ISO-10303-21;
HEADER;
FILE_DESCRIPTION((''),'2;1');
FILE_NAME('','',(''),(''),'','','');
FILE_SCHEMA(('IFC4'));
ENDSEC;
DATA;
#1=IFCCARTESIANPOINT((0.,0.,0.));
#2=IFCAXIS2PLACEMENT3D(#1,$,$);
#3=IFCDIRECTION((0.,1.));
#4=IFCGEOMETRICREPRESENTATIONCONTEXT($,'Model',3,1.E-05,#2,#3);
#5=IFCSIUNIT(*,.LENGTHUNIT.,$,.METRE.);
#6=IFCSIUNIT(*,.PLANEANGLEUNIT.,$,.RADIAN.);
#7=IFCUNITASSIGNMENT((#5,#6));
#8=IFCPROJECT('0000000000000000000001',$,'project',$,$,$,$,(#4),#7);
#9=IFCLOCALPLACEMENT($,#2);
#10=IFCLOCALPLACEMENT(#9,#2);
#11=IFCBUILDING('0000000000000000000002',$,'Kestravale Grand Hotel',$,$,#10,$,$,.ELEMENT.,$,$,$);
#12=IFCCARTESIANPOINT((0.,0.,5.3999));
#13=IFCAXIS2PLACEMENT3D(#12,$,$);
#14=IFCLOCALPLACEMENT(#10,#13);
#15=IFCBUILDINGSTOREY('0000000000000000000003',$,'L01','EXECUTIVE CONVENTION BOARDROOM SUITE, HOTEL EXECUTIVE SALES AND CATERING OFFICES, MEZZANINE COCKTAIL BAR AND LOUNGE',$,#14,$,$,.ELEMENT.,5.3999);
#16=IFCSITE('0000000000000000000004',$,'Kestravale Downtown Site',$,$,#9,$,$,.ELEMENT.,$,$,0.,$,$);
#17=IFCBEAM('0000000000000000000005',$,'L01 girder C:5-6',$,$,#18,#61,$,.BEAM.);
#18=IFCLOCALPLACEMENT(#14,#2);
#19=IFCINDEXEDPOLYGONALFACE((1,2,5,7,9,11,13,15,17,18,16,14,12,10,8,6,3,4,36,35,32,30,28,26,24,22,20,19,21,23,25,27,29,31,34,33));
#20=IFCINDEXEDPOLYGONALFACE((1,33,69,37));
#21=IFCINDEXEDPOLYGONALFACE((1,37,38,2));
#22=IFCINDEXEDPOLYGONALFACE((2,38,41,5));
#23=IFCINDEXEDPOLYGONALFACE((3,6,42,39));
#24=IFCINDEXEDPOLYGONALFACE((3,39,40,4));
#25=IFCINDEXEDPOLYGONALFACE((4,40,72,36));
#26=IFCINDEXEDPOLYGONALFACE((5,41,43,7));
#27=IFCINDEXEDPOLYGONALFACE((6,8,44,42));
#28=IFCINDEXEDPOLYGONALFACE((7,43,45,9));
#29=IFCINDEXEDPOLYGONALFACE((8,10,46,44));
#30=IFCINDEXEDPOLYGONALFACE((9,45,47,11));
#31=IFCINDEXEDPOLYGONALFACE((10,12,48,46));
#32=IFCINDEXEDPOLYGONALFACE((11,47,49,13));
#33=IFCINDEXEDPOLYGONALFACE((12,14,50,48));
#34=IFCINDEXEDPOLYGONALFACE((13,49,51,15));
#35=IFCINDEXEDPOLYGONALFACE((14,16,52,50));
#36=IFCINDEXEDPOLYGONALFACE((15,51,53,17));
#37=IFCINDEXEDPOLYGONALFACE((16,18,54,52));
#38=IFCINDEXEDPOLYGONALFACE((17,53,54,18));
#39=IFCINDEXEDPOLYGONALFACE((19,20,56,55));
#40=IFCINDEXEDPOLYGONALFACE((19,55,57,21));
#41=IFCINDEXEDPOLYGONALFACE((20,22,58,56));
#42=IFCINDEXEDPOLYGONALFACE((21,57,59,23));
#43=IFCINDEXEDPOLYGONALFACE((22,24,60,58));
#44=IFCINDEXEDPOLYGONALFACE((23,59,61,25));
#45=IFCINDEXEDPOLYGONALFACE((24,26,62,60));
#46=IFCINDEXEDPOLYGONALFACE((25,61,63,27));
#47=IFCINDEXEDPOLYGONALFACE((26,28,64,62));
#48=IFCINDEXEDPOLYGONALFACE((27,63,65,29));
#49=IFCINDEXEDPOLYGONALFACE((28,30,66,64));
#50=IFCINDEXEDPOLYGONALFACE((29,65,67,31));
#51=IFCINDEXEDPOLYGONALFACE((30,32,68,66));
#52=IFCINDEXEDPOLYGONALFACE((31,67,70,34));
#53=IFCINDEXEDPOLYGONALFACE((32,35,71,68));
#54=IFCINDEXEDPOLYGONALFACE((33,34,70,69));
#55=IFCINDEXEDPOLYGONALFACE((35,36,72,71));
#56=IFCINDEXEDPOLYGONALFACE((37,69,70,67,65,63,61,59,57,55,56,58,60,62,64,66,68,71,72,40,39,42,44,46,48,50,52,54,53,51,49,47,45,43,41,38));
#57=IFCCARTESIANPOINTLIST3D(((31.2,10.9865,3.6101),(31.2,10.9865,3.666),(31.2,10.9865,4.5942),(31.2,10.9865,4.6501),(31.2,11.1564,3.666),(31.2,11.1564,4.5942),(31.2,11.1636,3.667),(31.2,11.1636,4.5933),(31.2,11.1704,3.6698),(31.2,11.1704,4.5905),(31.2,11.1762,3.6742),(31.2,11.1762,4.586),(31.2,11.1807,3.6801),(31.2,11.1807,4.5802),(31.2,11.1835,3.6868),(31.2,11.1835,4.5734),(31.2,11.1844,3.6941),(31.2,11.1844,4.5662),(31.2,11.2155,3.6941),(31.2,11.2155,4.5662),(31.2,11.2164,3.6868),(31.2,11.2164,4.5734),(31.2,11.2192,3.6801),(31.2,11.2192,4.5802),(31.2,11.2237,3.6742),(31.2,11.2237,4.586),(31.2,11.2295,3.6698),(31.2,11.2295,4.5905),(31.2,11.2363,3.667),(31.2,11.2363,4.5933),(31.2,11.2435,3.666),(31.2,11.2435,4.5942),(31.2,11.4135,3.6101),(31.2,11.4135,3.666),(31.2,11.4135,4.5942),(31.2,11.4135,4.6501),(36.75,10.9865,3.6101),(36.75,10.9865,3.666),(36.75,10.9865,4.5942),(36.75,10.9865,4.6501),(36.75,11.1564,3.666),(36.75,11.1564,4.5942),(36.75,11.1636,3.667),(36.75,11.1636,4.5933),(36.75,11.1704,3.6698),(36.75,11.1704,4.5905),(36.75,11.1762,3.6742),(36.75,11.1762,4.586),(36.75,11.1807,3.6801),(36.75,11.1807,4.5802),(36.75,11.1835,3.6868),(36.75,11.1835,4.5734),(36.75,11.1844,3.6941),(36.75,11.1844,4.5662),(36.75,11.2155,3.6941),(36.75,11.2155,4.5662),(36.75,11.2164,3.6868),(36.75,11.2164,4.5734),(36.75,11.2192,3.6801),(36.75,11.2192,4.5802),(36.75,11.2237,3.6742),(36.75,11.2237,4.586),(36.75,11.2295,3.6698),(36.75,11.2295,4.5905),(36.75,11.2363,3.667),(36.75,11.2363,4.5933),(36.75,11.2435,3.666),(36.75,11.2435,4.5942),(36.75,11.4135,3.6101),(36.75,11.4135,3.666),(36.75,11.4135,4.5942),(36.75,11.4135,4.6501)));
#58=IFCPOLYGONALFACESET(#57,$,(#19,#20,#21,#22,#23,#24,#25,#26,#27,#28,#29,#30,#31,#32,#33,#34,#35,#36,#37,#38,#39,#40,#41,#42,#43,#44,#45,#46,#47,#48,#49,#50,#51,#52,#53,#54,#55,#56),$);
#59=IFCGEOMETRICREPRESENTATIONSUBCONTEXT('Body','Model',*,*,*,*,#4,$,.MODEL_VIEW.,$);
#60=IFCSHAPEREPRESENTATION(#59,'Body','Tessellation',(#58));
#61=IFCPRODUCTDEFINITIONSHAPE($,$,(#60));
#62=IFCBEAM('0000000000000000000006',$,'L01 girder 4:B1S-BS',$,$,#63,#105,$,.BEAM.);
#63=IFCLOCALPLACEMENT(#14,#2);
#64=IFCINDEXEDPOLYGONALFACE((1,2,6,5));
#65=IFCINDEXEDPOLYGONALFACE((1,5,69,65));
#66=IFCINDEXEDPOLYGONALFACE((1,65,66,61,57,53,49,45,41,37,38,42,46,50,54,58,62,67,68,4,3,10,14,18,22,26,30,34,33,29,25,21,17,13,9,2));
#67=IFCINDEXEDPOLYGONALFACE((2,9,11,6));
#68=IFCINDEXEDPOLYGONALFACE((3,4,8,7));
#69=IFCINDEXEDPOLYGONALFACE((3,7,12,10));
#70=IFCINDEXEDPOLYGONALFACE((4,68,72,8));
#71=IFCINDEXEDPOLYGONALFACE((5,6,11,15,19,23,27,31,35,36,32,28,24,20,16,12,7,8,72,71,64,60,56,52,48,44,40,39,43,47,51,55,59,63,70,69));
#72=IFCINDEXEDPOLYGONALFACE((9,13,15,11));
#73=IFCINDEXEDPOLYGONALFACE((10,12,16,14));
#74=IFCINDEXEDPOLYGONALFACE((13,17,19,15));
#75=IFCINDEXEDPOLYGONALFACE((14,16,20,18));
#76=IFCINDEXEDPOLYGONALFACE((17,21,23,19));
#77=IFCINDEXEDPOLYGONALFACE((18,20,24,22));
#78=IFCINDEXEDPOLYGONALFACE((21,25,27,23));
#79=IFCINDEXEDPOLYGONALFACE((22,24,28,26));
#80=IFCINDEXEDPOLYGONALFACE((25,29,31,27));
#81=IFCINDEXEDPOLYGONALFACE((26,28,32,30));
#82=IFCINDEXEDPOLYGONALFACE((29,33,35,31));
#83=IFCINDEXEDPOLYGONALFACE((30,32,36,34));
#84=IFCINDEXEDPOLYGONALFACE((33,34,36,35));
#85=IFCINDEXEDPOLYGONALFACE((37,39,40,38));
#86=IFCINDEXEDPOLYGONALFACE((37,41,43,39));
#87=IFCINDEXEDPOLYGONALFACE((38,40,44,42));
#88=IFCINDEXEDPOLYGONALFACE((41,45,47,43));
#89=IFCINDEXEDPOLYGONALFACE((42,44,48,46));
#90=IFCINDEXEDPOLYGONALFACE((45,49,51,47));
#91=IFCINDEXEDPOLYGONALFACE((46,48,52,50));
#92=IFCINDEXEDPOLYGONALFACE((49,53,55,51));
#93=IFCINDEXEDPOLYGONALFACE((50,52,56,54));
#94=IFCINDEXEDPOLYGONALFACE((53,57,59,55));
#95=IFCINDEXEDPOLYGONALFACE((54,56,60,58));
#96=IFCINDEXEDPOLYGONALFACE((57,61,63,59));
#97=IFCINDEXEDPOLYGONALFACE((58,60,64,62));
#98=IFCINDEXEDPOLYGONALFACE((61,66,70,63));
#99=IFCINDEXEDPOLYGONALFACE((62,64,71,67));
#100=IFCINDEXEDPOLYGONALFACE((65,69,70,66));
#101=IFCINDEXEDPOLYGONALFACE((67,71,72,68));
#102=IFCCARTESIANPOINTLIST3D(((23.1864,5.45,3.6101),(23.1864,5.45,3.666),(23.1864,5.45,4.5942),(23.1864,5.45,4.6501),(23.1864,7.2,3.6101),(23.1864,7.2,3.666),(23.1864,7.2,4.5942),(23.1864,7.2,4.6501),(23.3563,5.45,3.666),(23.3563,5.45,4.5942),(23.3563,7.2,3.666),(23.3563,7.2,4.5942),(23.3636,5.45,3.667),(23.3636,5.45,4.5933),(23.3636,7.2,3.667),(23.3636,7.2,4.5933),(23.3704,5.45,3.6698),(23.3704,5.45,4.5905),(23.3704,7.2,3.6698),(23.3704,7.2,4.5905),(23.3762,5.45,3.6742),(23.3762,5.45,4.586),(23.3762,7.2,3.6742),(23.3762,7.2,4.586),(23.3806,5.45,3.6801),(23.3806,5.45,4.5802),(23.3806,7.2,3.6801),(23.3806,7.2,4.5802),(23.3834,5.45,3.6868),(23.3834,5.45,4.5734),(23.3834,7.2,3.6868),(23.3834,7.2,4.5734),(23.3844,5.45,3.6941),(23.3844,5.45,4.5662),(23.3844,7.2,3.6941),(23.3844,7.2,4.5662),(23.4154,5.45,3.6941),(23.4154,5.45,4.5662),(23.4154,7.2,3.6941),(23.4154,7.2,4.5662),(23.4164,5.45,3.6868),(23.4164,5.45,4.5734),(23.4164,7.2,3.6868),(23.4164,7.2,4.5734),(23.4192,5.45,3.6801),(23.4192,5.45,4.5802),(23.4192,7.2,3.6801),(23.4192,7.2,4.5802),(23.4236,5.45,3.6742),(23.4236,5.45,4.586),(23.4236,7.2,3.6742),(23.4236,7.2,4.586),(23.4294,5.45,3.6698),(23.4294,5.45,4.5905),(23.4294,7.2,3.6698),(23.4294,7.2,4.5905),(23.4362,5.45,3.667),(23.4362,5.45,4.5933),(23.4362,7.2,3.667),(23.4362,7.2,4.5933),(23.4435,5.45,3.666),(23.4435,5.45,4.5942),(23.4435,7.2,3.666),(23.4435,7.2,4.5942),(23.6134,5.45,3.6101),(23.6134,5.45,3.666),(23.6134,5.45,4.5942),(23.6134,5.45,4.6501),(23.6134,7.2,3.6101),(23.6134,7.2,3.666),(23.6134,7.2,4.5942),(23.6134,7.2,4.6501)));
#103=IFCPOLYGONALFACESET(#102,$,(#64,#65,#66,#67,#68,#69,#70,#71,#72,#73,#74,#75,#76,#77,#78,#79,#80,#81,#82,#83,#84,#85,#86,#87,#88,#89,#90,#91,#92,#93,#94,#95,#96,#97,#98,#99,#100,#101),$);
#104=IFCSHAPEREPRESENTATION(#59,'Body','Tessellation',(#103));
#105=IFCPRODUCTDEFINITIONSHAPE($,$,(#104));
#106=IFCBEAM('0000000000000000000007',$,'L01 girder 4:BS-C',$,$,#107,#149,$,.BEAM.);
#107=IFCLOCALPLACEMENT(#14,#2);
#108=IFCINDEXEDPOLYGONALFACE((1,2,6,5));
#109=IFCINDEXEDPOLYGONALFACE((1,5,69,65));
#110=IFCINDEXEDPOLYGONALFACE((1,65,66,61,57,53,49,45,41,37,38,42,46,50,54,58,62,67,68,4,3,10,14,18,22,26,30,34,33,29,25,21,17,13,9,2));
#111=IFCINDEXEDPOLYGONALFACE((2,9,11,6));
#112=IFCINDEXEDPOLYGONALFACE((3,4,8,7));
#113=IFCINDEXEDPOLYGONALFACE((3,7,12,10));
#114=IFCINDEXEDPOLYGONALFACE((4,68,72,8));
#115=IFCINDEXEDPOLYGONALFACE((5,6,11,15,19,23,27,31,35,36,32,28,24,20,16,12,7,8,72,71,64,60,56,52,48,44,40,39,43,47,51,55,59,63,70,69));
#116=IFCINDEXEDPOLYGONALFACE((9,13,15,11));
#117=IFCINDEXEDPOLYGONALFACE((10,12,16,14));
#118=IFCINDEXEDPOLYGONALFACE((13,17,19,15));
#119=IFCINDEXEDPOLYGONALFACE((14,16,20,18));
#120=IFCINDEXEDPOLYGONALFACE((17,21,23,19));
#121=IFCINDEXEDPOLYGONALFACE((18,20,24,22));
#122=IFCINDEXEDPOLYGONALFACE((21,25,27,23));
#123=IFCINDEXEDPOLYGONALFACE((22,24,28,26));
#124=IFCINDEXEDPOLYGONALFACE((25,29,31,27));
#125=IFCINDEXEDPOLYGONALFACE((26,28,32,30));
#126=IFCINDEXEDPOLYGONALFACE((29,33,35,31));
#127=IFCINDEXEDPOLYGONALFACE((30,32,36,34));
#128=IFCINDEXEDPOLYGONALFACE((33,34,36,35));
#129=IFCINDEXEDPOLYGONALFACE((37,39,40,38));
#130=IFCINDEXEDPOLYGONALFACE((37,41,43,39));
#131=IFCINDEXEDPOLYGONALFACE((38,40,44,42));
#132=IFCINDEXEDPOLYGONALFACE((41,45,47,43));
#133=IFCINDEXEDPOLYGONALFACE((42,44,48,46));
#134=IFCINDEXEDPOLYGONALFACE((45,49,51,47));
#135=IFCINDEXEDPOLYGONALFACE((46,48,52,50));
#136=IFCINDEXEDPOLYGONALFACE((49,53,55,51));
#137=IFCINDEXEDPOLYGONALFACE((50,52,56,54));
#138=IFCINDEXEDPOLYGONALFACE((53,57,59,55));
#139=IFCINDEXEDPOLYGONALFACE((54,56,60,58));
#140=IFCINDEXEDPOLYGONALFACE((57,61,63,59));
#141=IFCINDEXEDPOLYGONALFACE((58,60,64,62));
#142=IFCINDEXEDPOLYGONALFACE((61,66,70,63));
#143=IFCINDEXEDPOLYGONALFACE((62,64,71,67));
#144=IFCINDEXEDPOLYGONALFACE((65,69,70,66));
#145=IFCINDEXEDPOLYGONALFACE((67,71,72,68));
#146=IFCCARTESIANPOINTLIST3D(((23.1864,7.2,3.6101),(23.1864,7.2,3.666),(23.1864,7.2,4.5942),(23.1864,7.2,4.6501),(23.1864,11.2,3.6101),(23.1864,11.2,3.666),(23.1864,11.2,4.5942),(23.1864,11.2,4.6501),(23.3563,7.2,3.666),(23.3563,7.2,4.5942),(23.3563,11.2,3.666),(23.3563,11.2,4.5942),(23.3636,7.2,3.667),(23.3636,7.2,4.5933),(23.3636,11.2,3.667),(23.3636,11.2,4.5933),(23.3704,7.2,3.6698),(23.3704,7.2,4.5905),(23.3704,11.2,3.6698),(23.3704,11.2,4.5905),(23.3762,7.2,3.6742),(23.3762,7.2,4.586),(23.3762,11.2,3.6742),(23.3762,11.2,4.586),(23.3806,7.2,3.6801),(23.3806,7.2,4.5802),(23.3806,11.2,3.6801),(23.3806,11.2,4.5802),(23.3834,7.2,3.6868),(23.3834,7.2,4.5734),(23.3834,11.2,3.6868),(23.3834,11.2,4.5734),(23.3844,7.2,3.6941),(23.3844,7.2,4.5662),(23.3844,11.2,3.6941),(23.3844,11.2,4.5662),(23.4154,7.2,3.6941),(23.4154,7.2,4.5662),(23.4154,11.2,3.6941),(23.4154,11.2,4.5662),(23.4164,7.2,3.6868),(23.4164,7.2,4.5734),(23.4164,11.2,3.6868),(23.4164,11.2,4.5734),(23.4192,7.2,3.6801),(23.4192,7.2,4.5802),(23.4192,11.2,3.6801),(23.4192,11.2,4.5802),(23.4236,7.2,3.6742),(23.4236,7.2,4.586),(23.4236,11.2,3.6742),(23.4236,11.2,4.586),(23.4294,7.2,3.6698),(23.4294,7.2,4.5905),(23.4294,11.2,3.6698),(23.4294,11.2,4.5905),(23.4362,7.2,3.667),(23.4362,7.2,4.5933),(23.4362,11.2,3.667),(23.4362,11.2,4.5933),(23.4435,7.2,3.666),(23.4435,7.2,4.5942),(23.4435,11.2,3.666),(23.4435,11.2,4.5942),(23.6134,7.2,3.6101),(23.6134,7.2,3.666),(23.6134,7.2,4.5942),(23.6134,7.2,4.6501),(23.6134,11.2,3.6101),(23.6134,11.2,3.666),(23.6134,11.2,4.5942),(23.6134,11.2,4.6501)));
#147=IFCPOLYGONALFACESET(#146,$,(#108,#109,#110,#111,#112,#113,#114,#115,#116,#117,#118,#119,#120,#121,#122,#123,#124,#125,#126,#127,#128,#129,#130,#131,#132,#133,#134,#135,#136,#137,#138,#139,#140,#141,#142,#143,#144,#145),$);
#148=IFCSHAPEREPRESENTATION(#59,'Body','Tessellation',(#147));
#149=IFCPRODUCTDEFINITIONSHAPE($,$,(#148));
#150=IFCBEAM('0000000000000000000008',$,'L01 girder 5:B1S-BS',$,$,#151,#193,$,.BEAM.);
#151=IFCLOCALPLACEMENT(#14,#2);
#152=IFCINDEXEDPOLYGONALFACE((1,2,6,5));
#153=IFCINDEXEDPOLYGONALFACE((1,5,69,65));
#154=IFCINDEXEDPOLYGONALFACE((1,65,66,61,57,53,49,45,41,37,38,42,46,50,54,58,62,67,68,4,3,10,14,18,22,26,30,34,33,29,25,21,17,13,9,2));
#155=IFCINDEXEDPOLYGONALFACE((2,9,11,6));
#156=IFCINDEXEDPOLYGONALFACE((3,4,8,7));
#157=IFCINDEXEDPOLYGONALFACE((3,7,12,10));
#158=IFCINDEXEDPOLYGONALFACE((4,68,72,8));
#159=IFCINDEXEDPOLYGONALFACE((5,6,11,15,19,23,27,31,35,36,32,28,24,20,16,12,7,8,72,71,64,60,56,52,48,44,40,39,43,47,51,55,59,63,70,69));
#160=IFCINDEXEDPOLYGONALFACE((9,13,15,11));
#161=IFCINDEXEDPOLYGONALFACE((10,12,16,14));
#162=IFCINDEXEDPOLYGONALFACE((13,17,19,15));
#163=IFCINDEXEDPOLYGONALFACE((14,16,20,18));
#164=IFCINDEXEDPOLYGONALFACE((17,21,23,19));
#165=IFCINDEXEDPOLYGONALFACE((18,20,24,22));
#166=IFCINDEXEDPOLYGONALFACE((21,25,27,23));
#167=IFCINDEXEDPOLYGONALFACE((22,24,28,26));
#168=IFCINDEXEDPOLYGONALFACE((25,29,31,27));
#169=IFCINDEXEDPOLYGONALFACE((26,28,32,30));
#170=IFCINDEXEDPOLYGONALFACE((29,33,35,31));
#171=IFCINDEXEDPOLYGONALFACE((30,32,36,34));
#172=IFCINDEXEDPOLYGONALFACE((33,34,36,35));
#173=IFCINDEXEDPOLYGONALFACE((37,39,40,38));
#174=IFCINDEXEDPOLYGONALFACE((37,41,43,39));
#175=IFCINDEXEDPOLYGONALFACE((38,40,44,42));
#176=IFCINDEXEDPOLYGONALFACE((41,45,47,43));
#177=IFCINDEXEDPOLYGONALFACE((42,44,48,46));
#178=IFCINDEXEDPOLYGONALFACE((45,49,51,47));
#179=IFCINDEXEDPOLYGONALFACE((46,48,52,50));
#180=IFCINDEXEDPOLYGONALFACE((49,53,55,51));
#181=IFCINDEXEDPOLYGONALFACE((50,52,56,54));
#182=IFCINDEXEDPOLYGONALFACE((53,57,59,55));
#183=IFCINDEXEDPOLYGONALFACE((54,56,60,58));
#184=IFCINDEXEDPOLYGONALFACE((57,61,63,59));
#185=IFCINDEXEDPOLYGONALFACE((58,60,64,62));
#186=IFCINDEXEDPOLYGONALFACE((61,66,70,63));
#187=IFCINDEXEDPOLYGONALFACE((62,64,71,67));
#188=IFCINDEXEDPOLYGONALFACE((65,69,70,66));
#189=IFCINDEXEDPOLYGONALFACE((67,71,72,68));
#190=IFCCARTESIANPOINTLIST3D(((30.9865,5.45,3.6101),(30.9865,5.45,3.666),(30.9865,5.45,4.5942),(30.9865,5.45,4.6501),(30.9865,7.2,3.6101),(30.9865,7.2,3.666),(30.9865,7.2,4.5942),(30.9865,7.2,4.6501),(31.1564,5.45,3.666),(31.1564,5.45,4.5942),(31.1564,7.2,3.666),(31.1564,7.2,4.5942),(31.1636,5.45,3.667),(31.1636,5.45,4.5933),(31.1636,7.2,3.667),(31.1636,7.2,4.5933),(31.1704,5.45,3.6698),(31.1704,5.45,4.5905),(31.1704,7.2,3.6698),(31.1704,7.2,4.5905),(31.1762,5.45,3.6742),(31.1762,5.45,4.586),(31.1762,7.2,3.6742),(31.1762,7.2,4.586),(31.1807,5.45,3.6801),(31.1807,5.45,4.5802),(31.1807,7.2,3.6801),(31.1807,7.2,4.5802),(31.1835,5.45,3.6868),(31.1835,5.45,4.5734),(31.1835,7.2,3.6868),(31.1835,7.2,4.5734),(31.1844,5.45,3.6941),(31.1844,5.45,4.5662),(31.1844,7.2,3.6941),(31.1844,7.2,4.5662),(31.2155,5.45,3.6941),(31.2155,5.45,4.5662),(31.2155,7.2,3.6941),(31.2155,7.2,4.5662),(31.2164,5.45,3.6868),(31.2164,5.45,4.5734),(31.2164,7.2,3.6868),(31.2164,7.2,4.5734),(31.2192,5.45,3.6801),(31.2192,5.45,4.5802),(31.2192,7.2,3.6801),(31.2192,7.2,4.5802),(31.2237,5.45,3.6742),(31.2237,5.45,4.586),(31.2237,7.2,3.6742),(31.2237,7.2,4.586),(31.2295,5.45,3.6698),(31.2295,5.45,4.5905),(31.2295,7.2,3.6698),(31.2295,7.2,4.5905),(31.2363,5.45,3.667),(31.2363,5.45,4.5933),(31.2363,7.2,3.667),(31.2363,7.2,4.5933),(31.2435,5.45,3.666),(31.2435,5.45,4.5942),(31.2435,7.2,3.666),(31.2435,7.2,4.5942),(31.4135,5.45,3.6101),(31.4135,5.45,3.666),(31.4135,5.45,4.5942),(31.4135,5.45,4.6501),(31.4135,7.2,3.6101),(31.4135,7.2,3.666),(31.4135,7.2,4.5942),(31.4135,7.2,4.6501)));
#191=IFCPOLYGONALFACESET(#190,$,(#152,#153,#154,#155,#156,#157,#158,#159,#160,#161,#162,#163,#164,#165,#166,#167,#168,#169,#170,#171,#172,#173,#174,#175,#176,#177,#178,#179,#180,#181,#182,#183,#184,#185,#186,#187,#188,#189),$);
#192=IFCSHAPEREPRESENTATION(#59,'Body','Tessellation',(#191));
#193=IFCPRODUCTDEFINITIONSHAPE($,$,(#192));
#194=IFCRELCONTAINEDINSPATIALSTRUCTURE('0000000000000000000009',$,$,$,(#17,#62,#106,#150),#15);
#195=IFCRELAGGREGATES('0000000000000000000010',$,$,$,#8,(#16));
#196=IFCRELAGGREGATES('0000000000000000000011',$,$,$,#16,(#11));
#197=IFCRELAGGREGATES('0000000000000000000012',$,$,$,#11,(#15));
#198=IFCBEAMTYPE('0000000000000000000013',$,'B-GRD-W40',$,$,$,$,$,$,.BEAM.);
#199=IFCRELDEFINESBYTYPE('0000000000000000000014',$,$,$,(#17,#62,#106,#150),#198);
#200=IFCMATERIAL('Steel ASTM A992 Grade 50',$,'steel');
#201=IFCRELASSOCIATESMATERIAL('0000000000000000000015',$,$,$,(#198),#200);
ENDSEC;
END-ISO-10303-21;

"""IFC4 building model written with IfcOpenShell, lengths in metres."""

from ifc_helpers import new_model, si_unit, direction, frame, origin, origin_2d, place, context, subcontext, project, spatial, i_section, extrude, material, material_profile, profile_set, type_object, element, save


model = new_model("IFC4")

# Units and contexts
model_context = context("Model", 3, precision=1e-05, world=origin(), true_north=direction((0.0, 1.0)))
body_context = subcontext(model_context, "Body", "Model", "MODEL_VIEW")
ifc_project = project(units=[si_unit("LENGTHUNIT", "METRE"), si_unit("PLANEANGLEUNIT", "RADIAN")], contexts=[model_context])

# Site, building, storey
site_placement = place(None, origin())
site = spatial("IfcSite", under=ifc_project, at=site_placement, Name="Kestravale Downtown Site", CompositionType="ELEMENT", RefElevation=0.0)
building_placement = place(site_placement, origin())
building = spatial("IfcBuilding", under=site, at=building_placement, Name="Kestravale Grand Hotel", CompositionType="ELEMENT")
storey_placement = place(building_placement, frame((0.0, 0.0, 5.3999)))
storey = spatial("IfcBuildingStorey", under=building, at=storey_placement, Name="L01", Description="EXECUTIVE CONVENTION BOARDROOM SUITE, HOTEL EXECUTIVE SALES AND CATERING OFFICES, MEZZANINE COCKTAIL BAR AND LOUNGE", CompositionType="ELEMENT", Elevation=5.3999)

# Beams
ifc_material_1 = material(Name="Steel ASTM A992 Grade 50", Category="steel")
ifc_material_profile_1 = material_profile(ifc_material_1, i_section(OverallWidth=0.427, OverallDepth=1.04, WebThickness=0.031, FlangeThickness=0.0559, FilletRadius=0.0281, at=origin_2d()))
ifc_profile_set_1 = profile_set([ifc_material_profile_1], Name="Steel ASTM A992 Grade 50")
beam_type_1 = type_object("IfcBeamType", Name="B-GRD-W40", PredefinedType="BEAM", material=ifc_profile_set_1)
beam_1_placement = place(storey_placement, frame((31.2, 11.2, 4.1301), z_axis=(1.0, 0.0, 0.0), x_axis=(0.0, 1.0, 0.0)))
element("IfcBeam", 1, at=beam_1_placement, inside=storey, type_object=beam_type_1, Name="L01 girder C:5-6", PredefinedType="BEAM", context=body_context, shape_type="SweptSolid", body=[
    extrude(i_section(OverallWidth=0.427, OverallDepth=1.04, WebThickness=0.031, FlangeThickness=0.0559, FilletRadius=0.0281, at=origin_2d()), origin(), (0.0, 0.0, 1.0), 5.55),
])
beam_2_placement = place(storey_placement, frame((23.3999, 5.45, 4.1301), z_axis=(0.0, 1.0, 0.0), x_axis=(-1.0, 0.0, 0.0)))
element("IfcBeam", 2, at=beam_2_placement, inside=storey, type_object=beam_type_1, Name="L01 girder 4:B1S-BS", PredefinedType="BEAM", context=body_context, shape_type="SweptSolid", body=[
    extrude(i_section(OverallWidth=0.427, OverallDepth=1.04, WebThickness=0.031, FlangeThickness=0.0559, FilletRadius=0.0281, at=origin_2d()), origin(), (0.0, 0.0, 1.0), 1.75),
])
beam_3_placement = place(storey_placement, frame((23.3999, 7.2, 4.1301), z_axis=(0.0, 1.0, 0.0), x_axis=(-1.0, 0.0, 0.0)))
element("IfcBeam", 3, at=beam_3_placement, inside=storey, type_object=beam_type_1, Name="L01 girder 4:BS-C", PredefinedType="BEAM", context=body_context, shape_type="SweptSolid", body=[
    extrude(i_section(OverallWidth=0.427, OverallDepth=1.04, WebThickness=0.031, FlangeThickness=0.0559, FilletRadius=0.0281, at=origin_2d()), origin(), (0.0, 0.0, 1.0), 4.0),
])
beam_4_placement = place(storey_placement, frame((31.2, 5.45, 4.1301), z_axis=(0.0, 1.0, 0.0), x_axis=(-1.0, 0.0, 0.0)))
element("IfcBeam", 4, at=beam_4_placement, inside=storey, type_object=beam_type_1, Name="L01 girder 5:B1S-BS", PredefinedType="BEAM", context=body_context, shape_type="SweptSolid", body=[
    extrude(i_section(OverallWidth=0.427, OverallDepth=1.04, WebThickness=0.031, FlangeThickness=0.0559, FilletRadius=0.0281, at=origin_2d()), origin(), (0.0, 0.0, 1.0), 1.75),
])

save(model, "model.ifc")
